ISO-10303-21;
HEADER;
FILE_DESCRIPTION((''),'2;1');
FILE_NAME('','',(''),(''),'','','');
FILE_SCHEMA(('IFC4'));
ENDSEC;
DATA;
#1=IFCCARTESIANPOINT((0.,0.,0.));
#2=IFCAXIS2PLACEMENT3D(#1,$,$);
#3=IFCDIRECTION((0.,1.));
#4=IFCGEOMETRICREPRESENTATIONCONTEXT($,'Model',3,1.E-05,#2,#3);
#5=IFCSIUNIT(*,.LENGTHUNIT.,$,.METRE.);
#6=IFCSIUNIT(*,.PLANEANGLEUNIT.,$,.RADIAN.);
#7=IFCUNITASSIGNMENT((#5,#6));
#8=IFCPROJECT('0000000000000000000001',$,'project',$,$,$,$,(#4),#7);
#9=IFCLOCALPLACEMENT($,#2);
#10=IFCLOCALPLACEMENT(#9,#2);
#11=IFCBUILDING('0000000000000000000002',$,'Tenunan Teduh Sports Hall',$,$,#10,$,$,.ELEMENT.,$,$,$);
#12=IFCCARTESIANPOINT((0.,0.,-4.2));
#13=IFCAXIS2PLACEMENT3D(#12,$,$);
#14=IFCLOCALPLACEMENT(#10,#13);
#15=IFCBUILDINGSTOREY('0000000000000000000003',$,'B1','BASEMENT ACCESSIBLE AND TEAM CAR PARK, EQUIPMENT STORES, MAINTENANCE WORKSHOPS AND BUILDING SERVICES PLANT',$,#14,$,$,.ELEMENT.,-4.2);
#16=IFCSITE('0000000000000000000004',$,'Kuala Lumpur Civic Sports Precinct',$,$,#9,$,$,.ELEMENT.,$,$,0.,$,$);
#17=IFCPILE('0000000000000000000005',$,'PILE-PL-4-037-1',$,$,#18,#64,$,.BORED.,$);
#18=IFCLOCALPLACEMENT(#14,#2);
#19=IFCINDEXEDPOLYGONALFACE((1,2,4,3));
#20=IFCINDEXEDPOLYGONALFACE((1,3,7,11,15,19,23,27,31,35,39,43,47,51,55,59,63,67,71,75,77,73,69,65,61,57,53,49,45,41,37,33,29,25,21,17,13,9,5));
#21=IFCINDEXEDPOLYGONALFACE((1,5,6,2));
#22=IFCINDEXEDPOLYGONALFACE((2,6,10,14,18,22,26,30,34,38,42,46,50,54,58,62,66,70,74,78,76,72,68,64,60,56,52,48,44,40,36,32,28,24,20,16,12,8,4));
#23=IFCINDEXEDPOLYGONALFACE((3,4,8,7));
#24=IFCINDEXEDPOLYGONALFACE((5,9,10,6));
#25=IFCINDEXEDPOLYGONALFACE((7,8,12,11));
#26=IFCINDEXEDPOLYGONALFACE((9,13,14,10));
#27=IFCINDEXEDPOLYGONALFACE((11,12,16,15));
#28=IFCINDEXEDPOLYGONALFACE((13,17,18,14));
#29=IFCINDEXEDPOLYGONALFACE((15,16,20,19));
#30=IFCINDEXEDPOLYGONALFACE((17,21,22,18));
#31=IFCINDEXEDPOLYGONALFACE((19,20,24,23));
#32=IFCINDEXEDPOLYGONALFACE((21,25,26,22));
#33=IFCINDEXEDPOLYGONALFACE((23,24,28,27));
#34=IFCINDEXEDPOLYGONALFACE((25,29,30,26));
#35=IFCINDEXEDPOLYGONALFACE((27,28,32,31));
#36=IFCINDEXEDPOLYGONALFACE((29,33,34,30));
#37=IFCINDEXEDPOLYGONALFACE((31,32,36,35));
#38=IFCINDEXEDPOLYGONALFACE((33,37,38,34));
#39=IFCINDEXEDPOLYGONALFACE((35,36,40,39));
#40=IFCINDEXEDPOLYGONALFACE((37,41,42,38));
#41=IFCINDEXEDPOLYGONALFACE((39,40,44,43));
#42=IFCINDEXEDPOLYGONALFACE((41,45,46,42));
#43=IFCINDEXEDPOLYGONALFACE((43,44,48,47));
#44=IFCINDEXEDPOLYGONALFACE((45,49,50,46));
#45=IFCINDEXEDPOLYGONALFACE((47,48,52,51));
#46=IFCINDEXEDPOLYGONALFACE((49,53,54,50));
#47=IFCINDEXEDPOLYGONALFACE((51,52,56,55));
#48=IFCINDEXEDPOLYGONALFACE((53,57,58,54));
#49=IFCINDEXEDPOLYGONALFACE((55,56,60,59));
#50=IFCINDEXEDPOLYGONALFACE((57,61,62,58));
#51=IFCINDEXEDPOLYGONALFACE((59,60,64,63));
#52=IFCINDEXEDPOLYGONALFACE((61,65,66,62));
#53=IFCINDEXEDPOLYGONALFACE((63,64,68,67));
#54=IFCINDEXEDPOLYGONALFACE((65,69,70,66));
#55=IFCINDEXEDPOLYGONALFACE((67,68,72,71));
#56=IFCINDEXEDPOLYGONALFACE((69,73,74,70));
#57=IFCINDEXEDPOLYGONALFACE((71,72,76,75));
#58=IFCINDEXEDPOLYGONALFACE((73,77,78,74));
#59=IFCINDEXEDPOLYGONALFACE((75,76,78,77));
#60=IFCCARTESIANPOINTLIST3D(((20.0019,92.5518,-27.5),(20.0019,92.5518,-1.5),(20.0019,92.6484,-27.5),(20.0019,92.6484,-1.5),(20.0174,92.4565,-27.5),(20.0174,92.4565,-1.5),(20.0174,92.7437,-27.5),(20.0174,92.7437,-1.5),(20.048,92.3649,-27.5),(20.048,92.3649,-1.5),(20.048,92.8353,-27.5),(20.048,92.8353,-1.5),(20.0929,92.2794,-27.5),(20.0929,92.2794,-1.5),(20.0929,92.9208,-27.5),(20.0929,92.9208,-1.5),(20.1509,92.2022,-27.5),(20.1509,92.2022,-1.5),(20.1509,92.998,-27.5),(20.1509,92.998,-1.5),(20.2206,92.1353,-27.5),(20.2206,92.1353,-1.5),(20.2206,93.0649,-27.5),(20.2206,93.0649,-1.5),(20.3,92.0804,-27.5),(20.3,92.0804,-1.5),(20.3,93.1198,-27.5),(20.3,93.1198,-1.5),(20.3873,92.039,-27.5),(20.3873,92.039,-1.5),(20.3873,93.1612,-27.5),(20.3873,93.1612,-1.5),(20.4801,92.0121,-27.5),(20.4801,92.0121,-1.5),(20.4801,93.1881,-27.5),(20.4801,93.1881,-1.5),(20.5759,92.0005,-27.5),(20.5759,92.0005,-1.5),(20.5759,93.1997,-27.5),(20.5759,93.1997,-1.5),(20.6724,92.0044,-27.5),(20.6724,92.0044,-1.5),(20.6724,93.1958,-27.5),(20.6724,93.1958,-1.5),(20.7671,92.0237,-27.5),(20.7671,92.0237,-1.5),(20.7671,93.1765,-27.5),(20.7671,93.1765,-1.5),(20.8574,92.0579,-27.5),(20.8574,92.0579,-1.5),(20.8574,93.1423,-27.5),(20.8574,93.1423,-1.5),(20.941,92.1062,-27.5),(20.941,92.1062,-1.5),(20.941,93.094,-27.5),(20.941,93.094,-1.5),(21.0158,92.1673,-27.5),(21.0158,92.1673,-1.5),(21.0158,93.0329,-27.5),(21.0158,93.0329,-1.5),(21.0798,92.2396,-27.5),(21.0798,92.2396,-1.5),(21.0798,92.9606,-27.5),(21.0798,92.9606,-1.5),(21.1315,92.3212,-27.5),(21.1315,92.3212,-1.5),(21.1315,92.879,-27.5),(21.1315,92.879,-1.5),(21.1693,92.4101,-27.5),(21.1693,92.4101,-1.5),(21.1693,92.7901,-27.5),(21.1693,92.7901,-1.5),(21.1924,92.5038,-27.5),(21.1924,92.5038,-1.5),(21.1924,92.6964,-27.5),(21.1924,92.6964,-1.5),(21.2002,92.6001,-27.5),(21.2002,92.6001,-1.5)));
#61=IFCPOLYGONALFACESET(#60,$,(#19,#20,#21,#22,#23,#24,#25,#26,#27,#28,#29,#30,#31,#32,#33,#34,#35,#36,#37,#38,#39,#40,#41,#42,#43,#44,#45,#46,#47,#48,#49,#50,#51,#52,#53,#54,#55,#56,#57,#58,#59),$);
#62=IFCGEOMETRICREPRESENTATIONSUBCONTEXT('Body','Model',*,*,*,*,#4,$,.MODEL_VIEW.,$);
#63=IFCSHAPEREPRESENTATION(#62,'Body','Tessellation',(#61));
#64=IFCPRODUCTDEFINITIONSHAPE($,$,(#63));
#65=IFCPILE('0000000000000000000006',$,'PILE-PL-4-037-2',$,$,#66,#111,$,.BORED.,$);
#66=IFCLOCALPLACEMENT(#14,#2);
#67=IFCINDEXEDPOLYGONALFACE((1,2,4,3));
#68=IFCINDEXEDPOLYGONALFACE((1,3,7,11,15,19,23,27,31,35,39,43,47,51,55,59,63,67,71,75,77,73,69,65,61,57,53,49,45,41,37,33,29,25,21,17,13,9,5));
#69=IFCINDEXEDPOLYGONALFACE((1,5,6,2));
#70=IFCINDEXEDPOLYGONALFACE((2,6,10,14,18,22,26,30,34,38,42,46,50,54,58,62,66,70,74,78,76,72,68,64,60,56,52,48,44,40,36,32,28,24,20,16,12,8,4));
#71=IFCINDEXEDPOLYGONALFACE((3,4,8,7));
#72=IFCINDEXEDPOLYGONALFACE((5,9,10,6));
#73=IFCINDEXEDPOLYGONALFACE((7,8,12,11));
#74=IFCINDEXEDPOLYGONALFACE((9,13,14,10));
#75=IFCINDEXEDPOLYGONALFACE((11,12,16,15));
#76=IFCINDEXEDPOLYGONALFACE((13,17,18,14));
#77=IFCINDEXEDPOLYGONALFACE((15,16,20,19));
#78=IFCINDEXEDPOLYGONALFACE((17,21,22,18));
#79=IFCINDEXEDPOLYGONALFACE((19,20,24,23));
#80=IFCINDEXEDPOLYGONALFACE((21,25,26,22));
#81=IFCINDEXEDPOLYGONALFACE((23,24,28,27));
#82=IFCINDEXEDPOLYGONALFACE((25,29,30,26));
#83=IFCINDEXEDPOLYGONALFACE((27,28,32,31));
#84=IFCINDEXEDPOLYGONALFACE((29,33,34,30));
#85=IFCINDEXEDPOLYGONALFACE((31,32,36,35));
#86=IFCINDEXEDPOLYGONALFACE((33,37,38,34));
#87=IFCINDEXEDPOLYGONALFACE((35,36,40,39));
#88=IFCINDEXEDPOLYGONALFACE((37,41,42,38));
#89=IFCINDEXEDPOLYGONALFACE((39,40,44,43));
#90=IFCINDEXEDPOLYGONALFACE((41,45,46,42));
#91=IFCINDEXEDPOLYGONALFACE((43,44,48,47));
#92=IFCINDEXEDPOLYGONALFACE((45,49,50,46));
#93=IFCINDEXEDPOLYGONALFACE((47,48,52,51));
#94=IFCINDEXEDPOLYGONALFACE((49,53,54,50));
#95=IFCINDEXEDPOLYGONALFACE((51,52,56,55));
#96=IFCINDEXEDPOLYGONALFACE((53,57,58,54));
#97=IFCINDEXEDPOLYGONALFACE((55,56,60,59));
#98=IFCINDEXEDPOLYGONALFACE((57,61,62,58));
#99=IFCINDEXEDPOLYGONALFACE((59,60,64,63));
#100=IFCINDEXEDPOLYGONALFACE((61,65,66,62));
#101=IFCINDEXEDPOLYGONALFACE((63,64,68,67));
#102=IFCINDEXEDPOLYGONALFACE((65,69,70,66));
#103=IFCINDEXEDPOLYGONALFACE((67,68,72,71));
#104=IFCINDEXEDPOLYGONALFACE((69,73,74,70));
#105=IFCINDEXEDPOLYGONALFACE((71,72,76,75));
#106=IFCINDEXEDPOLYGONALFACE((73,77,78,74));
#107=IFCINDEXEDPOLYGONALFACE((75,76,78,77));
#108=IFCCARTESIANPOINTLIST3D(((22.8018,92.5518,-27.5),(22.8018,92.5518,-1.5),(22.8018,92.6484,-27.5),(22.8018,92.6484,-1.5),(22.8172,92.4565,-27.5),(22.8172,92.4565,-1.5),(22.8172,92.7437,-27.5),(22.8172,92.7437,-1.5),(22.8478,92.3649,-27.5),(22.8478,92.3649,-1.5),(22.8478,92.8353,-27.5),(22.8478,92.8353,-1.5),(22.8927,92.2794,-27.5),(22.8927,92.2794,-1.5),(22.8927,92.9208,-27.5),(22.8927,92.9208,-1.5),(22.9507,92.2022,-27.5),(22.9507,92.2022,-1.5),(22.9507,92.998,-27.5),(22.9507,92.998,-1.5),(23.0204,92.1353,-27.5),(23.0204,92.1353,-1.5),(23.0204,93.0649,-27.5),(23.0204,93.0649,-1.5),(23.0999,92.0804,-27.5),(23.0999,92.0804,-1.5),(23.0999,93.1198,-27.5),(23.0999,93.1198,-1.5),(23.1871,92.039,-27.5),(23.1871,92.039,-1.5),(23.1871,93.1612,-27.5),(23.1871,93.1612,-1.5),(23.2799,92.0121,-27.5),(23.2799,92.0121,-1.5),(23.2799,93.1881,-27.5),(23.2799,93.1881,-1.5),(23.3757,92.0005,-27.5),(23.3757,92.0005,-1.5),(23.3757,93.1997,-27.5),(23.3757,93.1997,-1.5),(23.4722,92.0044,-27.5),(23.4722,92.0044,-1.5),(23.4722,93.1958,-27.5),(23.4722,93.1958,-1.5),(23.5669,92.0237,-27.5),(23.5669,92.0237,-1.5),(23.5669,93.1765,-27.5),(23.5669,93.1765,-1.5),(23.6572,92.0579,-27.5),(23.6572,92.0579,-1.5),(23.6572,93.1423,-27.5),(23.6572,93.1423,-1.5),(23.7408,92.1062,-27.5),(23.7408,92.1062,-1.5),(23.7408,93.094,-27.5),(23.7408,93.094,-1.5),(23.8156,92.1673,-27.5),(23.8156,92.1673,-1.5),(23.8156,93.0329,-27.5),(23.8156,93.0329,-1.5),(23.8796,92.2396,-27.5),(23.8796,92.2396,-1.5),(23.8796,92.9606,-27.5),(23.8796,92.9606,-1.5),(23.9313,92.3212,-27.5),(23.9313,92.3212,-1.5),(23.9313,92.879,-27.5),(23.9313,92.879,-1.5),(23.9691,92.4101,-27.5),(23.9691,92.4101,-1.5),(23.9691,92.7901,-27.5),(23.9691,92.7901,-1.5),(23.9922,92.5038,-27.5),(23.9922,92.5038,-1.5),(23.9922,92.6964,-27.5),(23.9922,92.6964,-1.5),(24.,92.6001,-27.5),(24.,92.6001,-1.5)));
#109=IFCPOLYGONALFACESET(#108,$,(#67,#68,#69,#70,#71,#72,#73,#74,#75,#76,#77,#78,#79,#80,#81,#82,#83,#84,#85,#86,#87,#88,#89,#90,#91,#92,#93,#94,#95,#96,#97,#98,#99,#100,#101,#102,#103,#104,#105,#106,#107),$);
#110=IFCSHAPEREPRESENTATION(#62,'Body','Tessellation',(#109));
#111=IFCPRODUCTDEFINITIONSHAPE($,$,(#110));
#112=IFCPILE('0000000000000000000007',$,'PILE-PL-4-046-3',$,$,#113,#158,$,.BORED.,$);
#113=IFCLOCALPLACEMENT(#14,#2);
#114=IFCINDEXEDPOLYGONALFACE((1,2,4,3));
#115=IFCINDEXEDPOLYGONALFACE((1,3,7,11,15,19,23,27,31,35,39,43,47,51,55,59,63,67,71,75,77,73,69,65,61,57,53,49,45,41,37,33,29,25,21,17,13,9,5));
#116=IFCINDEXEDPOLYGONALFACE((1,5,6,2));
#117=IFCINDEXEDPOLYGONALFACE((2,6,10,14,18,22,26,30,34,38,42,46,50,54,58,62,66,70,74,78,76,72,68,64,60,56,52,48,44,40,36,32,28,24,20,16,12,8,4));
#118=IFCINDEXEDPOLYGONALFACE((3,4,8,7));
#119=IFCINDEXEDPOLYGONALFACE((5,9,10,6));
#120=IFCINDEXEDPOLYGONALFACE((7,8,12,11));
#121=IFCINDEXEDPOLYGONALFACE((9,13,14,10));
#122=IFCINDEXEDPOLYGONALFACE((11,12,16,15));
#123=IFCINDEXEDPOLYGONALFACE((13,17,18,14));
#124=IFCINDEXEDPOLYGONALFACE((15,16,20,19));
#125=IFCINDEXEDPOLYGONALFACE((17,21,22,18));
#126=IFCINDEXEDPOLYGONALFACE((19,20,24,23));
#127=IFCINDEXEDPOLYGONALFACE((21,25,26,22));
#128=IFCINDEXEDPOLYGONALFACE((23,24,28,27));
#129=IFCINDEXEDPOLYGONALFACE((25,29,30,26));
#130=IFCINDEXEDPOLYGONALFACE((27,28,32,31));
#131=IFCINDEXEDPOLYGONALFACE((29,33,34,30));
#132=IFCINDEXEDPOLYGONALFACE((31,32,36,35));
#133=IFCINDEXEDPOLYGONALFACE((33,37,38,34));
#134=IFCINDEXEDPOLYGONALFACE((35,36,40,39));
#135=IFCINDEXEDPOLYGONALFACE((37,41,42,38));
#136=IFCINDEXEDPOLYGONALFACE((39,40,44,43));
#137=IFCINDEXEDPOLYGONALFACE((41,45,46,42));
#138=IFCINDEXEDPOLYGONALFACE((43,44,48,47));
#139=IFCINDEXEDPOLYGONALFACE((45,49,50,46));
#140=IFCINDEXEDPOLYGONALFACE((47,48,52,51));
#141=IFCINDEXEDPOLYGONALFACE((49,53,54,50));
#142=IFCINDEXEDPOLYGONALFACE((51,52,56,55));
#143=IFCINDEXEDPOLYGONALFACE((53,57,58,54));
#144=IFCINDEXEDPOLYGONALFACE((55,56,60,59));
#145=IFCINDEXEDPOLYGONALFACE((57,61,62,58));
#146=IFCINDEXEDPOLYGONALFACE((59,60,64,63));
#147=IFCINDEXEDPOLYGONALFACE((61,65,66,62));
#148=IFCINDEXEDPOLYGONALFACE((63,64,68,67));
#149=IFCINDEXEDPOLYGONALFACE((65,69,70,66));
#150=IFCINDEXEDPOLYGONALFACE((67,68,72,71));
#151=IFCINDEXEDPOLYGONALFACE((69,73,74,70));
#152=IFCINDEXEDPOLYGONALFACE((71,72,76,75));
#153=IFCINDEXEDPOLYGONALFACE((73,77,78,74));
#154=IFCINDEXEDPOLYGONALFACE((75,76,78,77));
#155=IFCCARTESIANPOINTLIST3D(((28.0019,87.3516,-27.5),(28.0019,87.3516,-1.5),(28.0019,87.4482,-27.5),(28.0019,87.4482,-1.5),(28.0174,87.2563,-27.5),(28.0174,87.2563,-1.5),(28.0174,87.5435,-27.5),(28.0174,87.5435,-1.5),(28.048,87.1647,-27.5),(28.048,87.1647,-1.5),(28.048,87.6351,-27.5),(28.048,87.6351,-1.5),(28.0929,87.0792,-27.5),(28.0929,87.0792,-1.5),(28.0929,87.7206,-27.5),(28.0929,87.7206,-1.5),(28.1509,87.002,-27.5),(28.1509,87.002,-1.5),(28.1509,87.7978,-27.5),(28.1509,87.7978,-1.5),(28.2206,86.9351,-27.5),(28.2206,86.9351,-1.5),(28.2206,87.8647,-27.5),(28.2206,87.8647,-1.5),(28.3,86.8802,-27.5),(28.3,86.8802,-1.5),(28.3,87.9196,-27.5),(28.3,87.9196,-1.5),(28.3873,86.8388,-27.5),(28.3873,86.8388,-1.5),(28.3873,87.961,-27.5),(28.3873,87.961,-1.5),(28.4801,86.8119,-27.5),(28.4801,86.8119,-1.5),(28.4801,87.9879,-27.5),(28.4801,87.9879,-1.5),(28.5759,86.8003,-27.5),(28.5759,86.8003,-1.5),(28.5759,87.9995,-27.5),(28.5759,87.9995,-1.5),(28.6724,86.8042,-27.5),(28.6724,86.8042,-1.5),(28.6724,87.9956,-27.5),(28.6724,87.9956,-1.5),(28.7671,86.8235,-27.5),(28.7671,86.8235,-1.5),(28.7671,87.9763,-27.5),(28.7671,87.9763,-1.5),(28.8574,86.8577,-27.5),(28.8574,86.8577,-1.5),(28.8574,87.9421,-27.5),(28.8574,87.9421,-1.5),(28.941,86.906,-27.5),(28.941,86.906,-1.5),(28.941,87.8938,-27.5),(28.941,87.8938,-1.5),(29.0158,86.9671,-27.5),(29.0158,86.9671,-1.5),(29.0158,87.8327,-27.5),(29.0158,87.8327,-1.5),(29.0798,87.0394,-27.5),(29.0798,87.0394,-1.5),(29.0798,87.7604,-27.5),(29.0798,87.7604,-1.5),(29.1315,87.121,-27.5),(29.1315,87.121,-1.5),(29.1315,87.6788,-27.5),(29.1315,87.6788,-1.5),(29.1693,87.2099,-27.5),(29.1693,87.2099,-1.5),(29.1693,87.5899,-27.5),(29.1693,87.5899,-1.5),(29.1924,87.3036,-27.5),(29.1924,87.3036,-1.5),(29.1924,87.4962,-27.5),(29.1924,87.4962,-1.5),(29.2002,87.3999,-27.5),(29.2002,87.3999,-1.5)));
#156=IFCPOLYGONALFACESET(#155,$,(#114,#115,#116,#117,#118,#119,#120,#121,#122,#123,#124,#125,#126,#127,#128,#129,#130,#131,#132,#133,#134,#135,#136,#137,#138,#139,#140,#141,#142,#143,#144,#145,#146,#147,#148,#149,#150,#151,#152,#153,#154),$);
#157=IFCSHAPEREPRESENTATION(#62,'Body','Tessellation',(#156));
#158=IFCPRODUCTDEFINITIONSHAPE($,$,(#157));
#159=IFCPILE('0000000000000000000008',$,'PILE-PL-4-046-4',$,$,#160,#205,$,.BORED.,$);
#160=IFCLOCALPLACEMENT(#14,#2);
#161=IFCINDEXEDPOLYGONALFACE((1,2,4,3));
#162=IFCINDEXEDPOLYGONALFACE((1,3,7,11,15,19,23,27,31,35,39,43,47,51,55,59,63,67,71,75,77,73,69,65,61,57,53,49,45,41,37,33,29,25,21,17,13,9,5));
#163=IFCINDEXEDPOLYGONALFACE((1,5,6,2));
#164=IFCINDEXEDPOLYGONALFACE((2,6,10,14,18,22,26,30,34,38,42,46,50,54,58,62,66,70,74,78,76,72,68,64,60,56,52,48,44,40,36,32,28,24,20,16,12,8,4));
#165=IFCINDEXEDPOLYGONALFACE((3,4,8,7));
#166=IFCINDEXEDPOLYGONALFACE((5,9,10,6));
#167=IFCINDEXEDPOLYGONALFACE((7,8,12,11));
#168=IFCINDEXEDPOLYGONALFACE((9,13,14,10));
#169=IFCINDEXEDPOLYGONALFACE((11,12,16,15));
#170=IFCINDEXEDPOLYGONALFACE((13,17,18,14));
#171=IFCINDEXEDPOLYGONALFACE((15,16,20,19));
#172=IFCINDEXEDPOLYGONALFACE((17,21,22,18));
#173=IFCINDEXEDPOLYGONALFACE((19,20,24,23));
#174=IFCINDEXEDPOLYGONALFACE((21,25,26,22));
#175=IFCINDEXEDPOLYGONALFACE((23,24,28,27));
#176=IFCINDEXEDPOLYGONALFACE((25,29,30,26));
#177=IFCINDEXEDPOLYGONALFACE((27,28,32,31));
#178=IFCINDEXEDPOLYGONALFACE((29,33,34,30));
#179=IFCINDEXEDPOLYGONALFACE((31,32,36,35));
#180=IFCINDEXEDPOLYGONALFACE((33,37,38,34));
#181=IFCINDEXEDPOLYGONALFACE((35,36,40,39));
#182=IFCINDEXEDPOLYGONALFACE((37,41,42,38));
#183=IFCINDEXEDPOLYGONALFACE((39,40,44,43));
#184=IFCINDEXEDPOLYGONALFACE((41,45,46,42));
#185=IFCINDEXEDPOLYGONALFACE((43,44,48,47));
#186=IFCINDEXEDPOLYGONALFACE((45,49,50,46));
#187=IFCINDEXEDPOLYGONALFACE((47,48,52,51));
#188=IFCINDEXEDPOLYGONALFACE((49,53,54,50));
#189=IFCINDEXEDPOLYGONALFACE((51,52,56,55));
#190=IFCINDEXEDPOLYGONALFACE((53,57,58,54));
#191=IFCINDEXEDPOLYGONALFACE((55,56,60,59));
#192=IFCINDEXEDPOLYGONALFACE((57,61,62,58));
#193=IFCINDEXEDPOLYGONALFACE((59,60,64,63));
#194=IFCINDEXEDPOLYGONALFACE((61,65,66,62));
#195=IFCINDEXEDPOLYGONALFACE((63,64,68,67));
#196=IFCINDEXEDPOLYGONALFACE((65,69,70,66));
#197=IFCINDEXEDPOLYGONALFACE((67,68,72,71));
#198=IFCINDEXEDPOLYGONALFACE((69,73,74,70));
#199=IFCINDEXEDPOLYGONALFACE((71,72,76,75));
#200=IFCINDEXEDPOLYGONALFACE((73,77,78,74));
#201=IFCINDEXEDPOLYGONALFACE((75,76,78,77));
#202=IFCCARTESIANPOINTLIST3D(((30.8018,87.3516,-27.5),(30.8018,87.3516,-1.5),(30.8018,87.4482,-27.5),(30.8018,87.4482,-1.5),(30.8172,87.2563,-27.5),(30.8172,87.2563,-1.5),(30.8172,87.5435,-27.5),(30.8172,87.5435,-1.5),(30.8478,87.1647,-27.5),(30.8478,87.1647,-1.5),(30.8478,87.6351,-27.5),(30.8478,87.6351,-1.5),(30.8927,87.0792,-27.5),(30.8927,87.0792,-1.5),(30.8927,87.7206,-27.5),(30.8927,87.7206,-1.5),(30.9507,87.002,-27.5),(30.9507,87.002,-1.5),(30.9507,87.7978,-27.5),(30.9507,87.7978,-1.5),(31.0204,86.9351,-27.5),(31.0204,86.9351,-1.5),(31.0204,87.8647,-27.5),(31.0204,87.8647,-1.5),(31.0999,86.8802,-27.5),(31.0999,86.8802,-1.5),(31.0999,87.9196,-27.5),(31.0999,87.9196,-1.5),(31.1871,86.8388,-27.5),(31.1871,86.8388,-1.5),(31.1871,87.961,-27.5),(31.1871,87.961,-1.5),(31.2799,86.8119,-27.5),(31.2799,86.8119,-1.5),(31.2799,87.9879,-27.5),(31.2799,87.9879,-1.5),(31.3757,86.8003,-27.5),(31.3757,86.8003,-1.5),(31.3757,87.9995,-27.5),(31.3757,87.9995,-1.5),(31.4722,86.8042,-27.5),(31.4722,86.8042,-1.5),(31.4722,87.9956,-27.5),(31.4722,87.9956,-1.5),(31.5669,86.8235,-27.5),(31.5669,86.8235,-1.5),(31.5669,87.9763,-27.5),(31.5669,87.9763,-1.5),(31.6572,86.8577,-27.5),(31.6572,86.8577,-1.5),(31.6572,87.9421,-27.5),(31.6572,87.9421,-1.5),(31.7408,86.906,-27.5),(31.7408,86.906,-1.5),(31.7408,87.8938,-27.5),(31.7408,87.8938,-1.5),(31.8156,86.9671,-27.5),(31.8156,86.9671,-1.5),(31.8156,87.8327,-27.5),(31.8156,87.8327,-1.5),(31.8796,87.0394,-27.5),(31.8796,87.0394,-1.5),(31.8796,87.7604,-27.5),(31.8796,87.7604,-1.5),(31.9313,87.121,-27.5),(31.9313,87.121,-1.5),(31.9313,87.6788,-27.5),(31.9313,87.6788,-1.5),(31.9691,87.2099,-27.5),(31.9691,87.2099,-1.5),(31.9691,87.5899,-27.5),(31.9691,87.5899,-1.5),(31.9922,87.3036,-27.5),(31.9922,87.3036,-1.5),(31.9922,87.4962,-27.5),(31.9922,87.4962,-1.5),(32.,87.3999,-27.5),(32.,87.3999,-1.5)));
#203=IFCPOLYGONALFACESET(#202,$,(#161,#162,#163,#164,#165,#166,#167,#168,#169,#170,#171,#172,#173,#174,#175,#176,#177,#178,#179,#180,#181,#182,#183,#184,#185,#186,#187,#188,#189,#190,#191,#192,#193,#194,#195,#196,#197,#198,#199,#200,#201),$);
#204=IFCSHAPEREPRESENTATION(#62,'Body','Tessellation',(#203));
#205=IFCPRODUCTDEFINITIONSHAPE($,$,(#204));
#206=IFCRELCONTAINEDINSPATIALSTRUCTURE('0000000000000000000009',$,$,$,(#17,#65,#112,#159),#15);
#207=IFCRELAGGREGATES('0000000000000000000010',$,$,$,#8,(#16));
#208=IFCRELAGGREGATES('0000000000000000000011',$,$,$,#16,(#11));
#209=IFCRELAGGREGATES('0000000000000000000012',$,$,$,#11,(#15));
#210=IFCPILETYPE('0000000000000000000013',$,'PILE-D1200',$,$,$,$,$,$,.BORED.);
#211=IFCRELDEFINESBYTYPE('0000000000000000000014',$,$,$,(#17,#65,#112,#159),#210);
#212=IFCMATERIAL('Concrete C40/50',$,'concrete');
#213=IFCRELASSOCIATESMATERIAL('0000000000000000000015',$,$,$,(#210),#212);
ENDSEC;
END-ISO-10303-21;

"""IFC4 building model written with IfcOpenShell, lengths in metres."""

from ifc_helpers import new_model, si_unit, direction, frame, origin, origin_2d, place, context, subcontext, project, spatial, circle, extrude, material, material_profile, profile_set, type_object, element, save


model = new_model("IFC4")

# Units and contexts
model_context = context("Model", 3, precision=1e-05, world=origin(), true_north=direction((0.0, 1.0)))
body_context = subcontext(model_context, "Body", "Model", "MODEL_VIEW")
ifc_project = project(units=[si_unit("LENGTHUNIT", "METRE"), si_unit("PLANEANGLEUNIT", "RADIAN")], contexts=[model_context])

# Site, building, storey
site_placement = place(None, origin())
site = spatial("IfcSite", under=ifc_project, at=site_placement, Name="Kuala Lumpur Civic Sports Precinct", CompositionType="ELEMENT", RefElevation=0.0)
building_placement = place(site_placement, origin())
building = spatial("IfcBuilding", under=site, at=building_placement, Name="Tenunan Teduh Sports Hall", CompositionType="ELEMENT")
storey_placement = place(building_placement, frame((0.0, 0.0, -4.2)))
storey = spatial("IfcBuildingStorey", under=building, at=storey_placement, Name="B1", Description="BASEMENT ACCESSIBLE AND TEAM CAR PARK, EQUIPMENT STORES, MAINTENANCE WORKSHOPS AND BUILDING SERVICES PLANT", CompositionType="ELEMENT", Elevation=-4.2)

# Piles
ifc_material_1 = material(Name="Concrete C40/50", Category="concrete")
ifc_material_profile_1 = material_profile(ifc_material_1, circle(Radius=0.6001, at=origin_2d()), Name="PILE D1200")
ifc_profile_set_1 = profile_set([ifc_material_profile_1], Name="Concrete C40/50")
pile_type = type_object("IfcPileType", Name="PILE-D1200", PredefinedType="BORED", material=ifc_profile_set_1)
for number, where, z_axis, x_axis, name in (
    (1, (20.6001, 92.6001, -1.5), (0.0, 0.0, -1.0), (1.0, 0.0, 0.0), "PILE-PL-4-037-1"),
    (2, (23.3999, 92.6001, -1.5), (0.0, 0.0, -1.0), (1.0, 0.0, 0.0), "PILE-PL-4-037-2"),
    (3, (28.6001, 87.3999, -1.5), (0.0, 0.0, -1.0), (1.0, 0.0, 0.0), "PILE-PL-4-046-3"),
    (4, (31.3999, 87.3999, -1.5), (0.0, 0.0, -1.0), (1.0, 0.0, 0.0), "PILE-PL-4-046-4"),
):
    element("IfcPile", number, at=place(storey_placement, frame(where, z_axis=z_axis, x_axis=x_axis)), inside=storey, type_object=pile_type, Name=name, PredefinedType="BORED", context=body_context, shape_type="SweptSolid", body=[
        extrude(circle(Radius=0.6001, at=origin_2d()), origin(), (0.0, 0.0, 1.0), 26.0),
    ])

save(model, "model.ifc")
